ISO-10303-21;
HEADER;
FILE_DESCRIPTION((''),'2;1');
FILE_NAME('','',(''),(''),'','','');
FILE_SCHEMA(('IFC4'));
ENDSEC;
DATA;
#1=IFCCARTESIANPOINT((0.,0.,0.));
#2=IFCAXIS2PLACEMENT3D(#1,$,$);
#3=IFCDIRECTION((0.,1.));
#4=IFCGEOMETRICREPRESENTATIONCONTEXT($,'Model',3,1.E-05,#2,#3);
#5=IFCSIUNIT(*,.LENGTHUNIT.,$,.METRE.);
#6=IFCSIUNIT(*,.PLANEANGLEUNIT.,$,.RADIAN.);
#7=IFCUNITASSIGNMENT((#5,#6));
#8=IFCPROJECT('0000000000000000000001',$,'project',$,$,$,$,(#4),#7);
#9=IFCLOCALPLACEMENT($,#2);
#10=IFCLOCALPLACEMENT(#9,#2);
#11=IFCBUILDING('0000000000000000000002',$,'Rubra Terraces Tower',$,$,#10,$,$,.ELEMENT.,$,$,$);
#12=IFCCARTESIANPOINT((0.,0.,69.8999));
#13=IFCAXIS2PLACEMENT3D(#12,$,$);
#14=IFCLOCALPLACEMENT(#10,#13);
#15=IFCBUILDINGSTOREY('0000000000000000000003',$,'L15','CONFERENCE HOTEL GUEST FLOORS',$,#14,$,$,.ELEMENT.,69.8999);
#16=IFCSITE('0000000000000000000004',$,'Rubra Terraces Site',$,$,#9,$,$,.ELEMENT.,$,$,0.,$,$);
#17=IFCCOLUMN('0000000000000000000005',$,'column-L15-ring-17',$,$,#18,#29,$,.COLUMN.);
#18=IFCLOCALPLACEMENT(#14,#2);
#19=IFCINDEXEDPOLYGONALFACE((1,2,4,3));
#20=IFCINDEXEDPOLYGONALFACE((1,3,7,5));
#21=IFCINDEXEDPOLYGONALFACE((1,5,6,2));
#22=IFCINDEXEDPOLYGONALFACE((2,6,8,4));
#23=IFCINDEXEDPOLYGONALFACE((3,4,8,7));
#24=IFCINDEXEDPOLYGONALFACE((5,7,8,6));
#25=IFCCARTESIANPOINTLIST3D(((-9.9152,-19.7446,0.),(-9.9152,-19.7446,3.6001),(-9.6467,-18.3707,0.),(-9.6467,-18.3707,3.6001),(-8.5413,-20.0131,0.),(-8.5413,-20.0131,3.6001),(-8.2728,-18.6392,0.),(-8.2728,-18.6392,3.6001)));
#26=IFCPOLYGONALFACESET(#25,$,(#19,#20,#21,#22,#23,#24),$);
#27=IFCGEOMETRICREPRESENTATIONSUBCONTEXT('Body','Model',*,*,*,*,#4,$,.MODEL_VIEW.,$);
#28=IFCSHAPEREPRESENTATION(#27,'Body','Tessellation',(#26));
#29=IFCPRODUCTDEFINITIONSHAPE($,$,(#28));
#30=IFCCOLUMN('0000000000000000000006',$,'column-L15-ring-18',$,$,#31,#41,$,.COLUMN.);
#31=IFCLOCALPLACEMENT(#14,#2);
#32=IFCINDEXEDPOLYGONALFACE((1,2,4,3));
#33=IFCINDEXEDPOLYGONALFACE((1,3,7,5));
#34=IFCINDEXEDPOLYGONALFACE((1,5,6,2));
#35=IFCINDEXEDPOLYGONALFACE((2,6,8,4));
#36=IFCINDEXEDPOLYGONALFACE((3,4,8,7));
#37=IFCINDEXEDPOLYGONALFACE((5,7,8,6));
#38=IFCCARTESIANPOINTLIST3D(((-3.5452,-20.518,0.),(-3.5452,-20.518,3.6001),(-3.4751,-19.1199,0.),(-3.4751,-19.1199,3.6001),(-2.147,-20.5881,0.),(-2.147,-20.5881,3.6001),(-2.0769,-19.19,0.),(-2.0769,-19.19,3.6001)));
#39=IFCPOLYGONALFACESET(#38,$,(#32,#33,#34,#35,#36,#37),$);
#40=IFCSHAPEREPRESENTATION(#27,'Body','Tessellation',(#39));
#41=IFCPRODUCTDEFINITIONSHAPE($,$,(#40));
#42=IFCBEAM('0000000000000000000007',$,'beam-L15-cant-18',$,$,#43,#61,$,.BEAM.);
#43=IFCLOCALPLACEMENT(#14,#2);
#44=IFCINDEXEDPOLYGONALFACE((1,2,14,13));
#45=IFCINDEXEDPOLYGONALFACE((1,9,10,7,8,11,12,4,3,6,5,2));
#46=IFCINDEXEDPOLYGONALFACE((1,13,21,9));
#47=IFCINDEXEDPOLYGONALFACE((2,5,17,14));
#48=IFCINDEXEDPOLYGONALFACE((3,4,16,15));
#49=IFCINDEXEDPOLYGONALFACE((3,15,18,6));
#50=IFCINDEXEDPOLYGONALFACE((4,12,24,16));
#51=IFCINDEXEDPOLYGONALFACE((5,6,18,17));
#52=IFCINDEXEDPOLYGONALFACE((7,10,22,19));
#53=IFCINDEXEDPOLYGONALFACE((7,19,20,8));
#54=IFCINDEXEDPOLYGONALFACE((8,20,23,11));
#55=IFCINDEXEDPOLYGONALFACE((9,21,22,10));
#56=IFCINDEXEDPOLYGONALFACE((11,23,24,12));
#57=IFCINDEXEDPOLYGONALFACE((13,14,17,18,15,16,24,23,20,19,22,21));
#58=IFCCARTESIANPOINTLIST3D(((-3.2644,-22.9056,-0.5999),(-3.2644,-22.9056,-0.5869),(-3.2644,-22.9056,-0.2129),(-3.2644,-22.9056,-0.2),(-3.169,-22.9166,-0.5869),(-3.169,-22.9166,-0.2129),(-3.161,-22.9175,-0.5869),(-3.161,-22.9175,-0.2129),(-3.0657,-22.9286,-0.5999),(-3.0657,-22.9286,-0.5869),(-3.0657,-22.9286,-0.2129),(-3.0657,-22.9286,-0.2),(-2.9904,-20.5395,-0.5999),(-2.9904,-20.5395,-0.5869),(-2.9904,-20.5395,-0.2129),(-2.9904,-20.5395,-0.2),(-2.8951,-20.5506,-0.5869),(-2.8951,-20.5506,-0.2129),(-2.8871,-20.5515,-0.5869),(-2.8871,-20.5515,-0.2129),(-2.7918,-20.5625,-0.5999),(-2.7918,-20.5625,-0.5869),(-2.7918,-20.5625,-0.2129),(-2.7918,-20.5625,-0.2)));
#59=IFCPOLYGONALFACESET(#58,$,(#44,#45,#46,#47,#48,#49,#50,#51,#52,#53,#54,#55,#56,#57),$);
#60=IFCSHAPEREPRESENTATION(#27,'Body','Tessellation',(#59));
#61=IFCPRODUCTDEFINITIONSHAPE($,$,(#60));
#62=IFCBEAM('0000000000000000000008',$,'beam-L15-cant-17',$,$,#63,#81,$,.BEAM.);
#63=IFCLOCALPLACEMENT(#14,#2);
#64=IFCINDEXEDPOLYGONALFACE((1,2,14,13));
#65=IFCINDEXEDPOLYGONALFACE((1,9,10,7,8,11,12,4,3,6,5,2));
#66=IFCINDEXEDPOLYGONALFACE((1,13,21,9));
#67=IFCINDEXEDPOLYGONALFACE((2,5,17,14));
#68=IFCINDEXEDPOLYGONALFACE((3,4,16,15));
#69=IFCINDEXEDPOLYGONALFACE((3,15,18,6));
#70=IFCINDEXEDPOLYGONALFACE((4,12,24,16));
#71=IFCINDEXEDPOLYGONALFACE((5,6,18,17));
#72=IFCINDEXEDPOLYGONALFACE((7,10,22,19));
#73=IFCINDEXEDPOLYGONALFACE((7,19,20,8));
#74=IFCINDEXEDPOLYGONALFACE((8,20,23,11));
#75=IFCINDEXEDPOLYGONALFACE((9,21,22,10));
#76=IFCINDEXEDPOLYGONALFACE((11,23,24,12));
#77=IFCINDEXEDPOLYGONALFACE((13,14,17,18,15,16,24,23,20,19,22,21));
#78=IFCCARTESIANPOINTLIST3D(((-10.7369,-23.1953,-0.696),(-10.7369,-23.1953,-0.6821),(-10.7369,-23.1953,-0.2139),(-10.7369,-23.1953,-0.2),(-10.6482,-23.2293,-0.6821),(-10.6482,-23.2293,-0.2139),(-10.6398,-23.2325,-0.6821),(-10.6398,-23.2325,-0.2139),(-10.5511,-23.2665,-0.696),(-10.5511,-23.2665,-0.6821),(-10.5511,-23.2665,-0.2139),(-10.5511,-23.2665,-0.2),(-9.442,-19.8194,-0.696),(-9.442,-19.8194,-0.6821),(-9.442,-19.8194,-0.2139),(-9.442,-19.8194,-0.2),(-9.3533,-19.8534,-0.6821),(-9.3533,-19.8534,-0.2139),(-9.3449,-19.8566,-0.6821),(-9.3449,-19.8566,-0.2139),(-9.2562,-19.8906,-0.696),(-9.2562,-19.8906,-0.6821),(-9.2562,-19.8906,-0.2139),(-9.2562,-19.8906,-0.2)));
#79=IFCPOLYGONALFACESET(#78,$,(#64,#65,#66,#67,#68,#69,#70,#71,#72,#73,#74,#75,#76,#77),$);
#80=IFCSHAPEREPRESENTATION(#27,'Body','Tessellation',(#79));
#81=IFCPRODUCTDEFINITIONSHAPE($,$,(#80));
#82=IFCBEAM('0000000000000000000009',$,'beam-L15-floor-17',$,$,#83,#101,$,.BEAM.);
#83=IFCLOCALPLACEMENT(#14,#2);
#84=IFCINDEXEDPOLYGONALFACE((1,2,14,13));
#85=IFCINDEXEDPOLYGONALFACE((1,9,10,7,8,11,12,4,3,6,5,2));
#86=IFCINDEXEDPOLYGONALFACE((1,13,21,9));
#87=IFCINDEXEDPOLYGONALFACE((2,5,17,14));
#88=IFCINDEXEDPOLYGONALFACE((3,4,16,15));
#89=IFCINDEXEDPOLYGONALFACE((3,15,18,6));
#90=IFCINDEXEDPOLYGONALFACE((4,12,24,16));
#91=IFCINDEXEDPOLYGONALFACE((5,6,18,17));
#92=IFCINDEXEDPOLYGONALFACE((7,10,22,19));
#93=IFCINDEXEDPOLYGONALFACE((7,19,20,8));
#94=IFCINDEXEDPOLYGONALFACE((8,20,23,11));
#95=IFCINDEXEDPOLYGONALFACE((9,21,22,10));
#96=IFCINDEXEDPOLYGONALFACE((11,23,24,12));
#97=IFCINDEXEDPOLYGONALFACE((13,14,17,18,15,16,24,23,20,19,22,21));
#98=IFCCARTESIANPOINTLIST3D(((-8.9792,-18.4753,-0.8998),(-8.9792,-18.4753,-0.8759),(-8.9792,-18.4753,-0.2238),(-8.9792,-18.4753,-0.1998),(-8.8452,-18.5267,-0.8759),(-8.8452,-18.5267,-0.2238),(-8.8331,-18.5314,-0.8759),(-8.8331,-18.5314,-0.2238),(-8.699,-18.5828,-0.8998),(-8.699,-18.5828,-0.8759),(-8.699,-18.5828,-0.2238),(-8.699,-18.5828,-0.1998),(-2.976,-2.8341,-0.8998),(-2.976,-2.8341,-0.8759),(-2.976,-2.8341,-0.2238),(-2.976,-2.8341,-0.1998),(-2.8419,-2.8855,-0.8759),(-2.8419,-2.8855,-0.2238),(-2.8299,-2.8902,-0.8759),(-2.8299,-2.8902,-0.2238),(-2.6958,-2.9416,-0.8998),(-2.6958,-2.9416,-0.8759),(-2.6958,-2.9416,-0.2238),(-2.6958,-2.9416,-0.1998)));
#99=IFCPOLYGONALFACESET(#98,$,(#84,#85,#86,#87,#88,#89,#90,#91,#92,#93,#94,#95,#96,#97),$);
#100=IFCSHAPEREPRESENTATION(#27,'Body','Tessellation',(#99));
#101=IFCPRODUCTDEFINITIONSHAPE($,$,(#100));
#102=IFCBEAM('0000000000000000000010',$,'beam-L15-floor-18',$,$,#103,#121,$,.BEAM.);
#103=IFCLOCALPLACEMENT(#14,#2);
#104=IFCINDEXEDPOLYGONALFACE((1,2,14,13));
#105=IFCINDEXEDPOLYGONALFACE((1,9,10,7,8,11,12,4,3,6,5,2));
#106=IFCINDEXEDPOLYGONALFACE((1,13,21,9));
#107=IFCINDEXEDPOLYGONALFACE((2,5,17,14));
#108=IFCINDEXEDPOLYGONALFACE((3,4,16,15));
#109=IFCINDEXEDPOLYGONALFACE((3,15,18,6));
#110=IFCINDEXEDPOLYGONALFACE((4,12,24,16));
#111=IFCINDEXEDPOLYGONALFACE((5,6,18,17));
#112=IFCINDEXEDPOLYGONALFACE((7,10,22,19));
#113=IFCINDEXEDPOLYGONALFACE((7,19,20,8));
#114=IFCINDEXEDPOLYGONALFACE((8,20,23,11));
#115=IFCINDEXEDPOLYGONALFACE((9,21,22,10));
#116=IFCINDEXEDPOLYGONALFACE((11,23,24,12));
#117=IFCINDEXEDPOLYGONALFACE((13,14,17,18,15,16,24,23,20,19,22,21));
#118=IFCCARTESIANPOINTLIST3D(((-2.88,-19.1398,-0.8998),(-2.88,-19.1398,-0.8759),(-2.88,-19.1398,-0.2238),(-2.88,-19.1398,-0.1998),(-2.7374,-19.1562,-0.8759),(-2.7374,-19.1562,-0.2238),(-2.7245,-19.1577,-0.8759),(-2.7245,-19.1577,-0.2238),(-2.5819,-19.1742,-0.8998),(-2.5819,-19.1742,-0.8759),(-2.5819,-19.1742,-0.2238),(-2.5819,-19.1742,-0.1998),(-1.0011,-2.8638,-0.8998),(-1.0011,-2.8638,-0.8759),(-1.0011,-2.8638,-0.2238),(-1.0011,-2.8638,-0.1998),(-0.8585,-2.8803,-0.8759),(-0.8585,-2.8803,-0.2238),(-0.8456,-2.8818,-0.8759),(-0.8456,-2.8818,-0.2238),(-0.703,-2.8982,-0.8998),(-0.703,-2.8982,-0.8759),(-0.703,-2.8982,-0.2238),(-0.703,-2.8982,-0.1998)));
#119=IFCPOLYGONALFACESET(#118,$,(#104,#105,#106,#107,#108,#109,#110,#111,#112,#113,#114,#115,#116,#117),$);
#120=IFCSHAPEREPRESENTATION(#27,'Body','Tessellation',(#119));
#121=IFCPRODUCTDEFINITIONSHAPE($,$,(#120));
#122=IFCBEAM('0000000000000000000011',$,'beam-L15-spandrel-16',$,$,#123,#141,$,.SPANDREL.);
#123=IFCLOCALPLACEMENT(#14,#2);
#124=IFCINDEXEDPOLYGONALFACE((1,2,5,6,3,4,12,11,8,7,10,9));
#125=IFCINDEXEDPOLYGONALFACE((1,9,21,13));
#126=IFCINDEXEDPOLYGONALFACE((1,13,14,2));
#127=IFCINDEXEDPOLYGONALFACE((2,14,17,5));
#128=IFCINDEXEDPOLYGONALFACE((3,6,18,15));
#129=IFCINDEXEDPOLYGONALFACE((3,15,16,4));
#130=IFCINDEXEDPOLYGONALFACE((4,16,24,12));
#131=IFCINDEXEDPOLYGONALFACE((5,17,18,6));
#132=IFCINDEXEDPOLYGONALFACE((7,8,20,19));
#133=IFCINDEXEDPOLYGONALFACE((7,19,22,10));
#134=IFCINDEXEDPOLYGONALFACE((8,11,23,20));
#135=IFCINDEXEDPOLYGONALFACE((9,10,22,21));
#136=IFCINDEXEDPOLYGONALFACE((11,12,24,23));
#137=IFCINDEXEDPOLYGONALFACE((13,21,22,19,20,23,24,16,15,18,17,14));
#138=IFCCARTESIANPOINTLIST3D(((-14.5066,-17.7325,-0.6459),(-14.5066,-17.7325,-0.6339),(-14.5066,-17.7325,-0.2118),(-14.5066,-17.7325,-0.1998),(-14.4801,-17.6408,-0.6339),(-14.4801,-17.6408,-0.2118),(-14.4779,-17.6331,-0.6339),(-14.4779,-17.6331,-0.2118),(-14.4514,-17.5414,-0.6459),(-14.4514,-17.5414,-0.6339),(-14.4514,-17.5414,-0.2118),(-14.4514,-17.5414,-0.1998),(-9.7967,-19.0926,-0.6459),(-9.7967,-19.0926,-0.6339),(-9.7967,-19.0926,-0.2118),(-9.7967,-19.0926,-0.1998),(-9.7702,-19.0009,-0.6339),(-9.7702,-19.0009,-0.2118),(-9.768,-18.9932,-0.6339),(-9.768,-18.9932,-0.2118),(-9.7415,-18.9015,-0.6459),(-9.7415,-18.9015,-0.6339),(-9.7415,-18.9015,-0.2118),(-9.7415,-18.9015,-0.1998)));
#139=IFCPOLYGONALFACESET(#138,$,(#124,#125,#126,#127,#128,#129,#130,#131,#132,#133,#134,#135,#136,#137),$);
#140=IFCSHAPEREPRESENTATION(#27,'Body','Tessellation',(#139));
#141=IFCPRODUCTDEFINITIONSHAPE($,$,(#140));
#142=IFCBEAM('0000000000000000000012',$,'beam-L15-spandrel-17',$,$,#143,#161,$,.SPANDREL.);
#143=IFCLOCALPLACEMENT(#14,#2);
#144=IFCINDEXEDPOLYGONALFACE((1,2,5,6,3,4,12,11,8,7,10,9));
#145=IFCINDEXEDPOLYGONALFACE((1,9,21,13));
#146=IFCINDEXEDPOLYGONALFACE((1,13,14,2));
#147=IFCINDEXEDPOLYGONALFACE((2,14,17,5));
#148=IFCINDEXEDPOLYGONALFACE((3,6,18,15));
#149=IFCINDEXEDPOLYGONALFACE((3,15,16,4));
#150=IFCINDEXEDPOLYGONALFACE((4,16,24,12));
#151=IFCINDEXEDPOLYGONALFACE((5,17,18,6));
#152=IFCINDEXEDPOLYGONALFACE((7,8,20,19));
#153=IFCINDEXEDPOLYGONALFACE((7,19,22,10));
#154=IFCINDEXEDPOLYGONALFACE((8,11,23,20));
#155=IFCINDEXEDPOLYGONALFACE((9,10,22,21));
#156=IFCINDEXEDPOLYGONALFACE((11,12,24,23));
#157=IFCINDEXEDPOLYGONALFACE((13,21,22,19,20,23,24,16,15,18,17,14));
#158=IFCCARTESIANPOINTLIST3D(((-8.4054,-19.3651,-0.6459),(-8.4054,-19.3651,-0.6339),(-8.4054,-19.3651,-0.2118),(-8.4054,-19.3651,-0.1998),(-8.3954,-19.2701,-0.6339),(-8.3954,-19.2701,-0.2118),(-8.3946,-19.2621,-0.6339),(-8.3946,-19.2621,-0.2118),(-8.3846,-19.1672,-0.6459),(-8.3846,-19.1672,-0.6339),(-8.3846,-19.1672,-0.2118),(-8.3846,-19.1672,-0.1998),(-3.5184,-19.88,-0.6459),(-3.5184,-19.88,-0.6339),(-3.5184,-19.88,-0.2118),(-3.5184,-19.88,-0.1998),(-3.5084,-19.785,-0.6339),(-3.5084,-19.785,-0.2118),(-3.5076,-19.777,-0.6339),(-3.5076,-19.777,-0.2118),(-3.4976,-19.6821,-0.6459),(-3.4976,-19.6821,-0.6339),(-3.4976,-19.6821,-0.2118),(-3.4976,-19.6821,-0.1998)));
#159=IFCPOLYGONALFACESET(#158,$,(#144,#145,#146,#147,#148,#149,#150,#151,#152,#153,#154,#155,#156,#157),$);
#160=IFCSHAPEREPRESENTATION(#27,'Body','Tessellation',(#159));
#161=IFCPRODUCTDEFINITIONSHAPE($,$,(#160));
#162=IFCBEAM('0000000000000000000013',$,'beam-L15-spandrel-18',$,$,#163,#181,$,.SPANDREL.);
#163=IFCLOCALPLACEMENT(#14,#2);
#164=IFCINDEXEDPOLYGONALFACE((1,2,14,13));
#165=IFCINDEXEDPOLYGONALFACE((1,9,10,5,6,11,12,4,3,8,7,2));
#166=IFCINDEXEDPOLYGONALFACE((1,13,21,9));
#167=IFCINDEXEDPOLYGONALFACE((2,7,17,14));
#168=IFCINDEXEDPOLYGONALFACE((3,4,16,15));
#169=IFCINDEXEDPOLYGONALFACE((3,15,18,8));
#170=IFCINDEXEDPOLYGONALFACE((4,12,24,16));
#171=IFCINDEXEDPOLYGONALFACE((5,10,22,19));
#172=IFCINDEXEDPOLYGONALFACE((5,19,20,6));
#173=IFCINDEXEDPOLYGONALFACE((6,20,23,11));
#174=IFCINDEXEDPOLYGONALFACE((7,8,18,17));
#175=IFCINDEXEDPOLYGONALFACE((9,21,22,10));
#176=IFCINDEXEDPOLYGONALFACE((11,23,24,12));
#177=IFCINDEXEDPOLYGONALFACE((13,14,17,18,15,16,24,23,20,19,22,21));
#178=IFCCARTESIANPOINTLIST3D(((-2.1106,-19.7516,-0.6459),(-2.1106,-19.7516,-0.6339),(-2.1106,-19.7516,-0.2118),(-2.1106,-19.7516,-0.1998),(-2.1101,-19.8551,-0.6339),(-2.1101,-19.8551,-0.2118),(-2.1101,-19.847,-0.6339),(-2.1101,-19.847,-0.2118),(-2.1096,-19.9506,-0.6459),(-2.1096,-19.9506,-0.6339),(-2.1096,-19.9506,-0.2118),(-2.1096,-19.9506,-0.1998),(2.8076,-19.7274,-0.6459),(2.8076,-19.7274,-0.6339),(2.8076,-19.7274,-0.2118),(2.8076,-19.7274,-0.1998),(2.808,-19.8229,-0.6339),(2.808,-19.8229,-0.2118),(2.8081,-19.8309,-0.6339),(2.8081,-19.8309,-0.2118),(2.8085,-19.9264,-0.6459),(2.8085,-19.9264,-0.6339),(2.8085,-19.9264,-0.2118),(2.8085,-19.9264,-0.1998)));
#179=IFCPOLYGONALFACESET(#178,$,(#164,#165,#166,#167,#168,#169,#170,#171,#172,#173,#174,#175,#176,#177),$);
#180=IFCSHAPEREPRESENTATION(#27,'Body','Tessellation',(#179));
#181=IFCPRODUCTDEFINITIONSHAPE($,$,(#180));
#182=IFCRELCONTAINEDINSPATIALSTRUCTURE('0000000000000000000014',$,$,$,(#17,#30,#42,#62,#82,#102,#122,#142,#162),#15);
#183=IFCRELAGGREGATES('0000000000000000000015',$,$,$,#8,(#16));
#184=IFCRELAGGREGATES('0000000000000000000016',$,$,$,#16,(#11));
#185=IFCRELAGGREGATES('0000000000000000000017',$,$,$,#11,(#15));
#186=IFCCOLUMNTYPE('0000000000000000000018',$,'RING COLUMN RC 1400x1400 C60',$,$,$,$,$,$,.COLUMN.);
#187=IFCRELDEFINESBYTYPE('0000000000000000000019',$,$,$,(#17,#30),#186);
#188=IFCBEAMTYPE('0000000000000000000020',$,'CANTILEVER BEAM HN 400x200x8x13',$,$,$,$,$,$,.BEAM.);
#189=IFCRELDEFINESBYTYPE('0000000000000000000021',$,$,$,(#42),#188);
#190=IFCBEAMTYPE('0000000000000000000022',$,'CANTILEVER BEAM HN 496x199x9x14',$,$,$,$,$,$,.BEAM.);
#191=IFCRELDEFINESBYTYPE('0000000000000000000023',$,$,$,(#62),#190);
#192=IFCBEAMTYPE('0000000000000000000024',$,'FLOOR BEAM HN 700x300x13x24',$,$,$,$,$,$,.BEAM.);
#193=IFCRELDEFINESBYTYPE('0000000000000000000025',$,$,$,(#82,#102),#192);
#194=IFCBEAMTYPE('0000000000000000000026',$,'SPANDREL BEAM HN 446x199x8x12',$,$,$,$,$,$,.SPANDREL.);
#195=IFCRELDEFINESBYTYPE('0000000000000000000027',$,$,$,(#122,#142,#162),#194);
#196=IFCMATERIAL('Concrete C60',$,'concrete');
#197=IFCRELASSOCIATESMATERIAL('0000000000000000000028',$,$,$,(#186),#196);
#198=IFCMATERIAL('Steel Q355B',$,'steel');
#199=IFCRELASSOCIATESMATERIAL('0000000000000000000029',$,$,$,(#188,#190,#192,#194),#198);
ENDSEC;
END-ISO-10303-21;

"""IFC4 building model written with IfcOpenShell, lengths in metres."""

from ifc_helpers import new_model, si_unit, direction, frame, origin, origin_2d, place, context, subcontext, project, spatial, rectangle, i_section, extrude, material, material_profile, profile_set, type_object, element, save


model = new_model("IFC4")

# Units and contexts
model_context = context("Model", 3, precision=1e-05, world=origin(), true_north=direction((0.0, 1.0)))
body_context = subcontext(model_context, "Body", "Model", "MODEL_VIEW")
ifc_project = project(units=[si_unit("LENGTHUNIT", "METRE"), si_unit("PLANEANGLEUNIT", "RADIAN")], contexts=[model_context])

# Site, building, storey
site_placement = place(None, origin())
site = spatial("IfcSite", under=ifc_project, at=site_placement, Name="Rubra Terraces Site", CompositionType="ELEMENT", RefElevation=0.0)
building_placement = place(site_placement, origin())
building = spatial("IfcBuilding", under=site, at=building_placement, Name="Rubra Terraces Tower", CompositionType="ELEMENT")
storey_placement = place(building_placement, frame((0.0, 0.0, 69.8999)))
storey = spatial("IfcBuildingStorey", under=building, at=storey_placement, Name="L15", Description="CONFERENCE HOTEL GUEST FLOORS", CompositionType="ELEMENT", Elevation=69.8999)

# Columns
ifc_material_1 = material(Name="Concrete C60", Category="concrete")
ifc_material_profile_1 = material_profile(ifc_material_1, rectangle(XDim=1.3999, YDim=1.3999, at=origin_2d()), Name="RC 1400x1400")
ifc_profile_set_1 = profile_set([ifc_material_profile_1], Name="Concrete C60")
column_type = type_object("IfcColumnType", Name="RING COLUMN RC 1400x1400 C60", PredefinedType="COLUMN", material=ifc_profile_set_1)
for number, where, z_axis, x_axis, name in (
    (1, (-9.094, -19.1919, 0.0), (0.0, 0.0, 1.0), (0.98143, -0.191819, 0.0), "column-L15-ring-17"),
    (2, (-2.811, -19.854, 0.0), (0.0, 0.0, 1.0), (0.998745, -0.050084, 0.0), "column-L15-ring-18"),
):
    element("IfcColumn", number, at=place(storey_placement, frame(where, z_axis=z_axis, x_axis=x_axis)), inside=storey, type_object=column_type, Name=name, PredefinedType="COLUMN", context=body_context, shape_type="SweptSolid", body=[
        extrude(rectangle(XDim=1.3999, YDim=1.3999, at=origin_2d()), origin(), (0.0, 0.0, 1.0), 3.6001),
    ])

# Beams
ifc_material_2 = material(Name="Steel Q355B", Category="steel")
ifc_material_profile_2 = material_profile(ifc_material_2, i_section(OverallWidth=0.2, OverallDepth=0.3999, WebThickness=0.0081, FlangeThickness=0.0129, at=origin_2d()), Name="HN 400x200x8x13")
ifc_profile_set_2 = profile_set([ifc_material_profile_2], Name="Steel Q355B")
beam_type_1 = type_object("IfcBeamType", Name="CANTILEVER BEAM HN 400x200x8x13", PredefinedType="BEAM", material=ifc_profile_set_2)
beam_1_placement = place(storey_placement, frame((-2.8911, -20.551, -0.3999), z_axis=(-0.115009, -0.993364, 0.0), x_axis=(0.993364, -0.115009, 0.0)))
element("IfcBeam", 3, at=beam_1_placement, inside=storey, type_object=beam_type_1, Name="beam-L15-cant-18", PredefinedType="BEAM", context=body_context, shape_type="SweptSolid", body=[
    extrude(i_section(OverallWidth=0.2, OverallDepth=0.3999, WebThickness=0.0081, FlangeThickness=0.0129, at=origin_2d()), origin(), (0.0, 0.0, 1.0), 2.3818),
])
ifc_material_profile_3 = material_profile(ifc_material_2, i_section(OverallWidth=0.199, OverallDepth=0.4961, WebThickness=0.009, FlangeThickness=0.0139, at=origin_2d()), Name="HN 496x199x9x14")
ifc_profile_set_3 = profile_set([ifc_material_profile_3], Name="Steel Q355B")
beam_type_2 = type_object("IfcBeamType", Name="CANTILEVER BEAM HN 496x199x9x14", PredefinedType="BEAM", material=ifc_profile_set_3)
beam_2_placement = place(storey_placement, frame((-9.3491, -19.855, -0.448), z_axis=(-0.358128, -0.933672, 0.0), x_axis=(0.933672, -0.358128, 0.0)))
element("IfcBeam", 4, at=beam_2_placement, inside=storey, type_object=beam_type_2, Name="beam-L15-cant-17", PredefinedType="BEAM", context=body_context, shape_type="SweptSolid", body=[
    extrude(i_section(OverallWidth=0.199, OverallDepth=0.4961, WebThickness=0.009, FlangeThickness=0.0139, at=origin_2d()), origin(), (0.0, 0.0, 1.0), 3.6157),
])
ifc_material_profile_4 = material_profile(ifc_material_2, i_section(OverallWidth=0.3, OverallDepth=0.7, WebThickness=0.0129, FlangeThickness=0.0239, at=origin_2d()), Name="HN 700x300x13x24")
ifc_profile_set_4 = profile_set([ifc_material_profile_4], Name="Steel Q355B")
beam_type_3 = type_object("IfcBeamType", Name="FLOOR BEAM HN 700x300x13x24", PredefinedType="BEAM", material=ifc_profile_set_4)
beam_3_placement = place(storey_placement, frame((-8.8391, -18.5291, -0.5498), z_axis=(0.358322, 0.933598, 0.0), x_axis=(-0.933598, 0.358322, 0.0)))
element("IfcBeam", 5, at=beam_3_placement, inside=storey, type_object=beam_type_3, Name="beam-L15-floor-17", PredefinedType="BEAM", context=body_context, shape_type="SweptSolid", body=[
    extrude(i_section(OverallWidth=0.3, OverallDepth=0.7, WebThickness=0.0129, FlangeThickness=0.0239, at=origin_2d()), origin(), (0.0, 0.0, 1.0), 16.7537),
])
beam_4_placement = place(storey_placement, frame((-2.731, -19.157, -0.5498), z_axis=(0.11468, 0.993403, 0.0), x_axis=(-0.993403, 0.11468, 0.0)))
element("IfcBeam", 6, at=beam_4_placement, inside=storey, type_object=beam_type_3, Name="beam-L15-floor-18", PredefinedType="BEAM", context=body_context, shape_type="SweptSolid", body=[
    extrude(i_section(OverallWidth=0.3, OverallDepth=0.7, WebThickness=0.0129, FlangeThickness=0.0239, at=origin_2d()), origin(), (0.0, 0.0, 1.0), 16.384),
])
ifc_material_profile_5 = material_profile(ifc_material_2, i_section(OverallWidth=0.199, OverallDepth=0.446, WebThickness=0.0081, FlangeThickness=0.012, at=origin_2d()), Name="HN 446x199x8x12")
ifc_profile_set_5 = profile_set([ifc_material_profile_5], Name="Steel Q355B")
beam_type_4 = type_object("IfcBeamType", Name="SPANDREL BEAM HN 446x199x8x12", PredefinedType="SPANDREL", material=ifc_profile_set_5)
beam_5_placement = place(storey_placement, frame((-14.479, -17.637, -0.4229), z_axis=(0.960744, -0.277436, 0.0), x_axis=(0.277436, 0.960744, 0.0)))
element("IfcBeam", 7, at=beam_5_placement, inside=storey, type_object=beam_type_4, Name="beam-L15-spandrel-16", PredefinedType="SPANDREL", context=body_context, shape_type="SweptSolid", body=[
    extrude(i_section(OverallWidth=0.199, OverallDepth=0.446, WebThickness=0.0081, FlangeThickness=0.012, at=origin_2d()), origin(), (0.0, 0.0, 1.0), 4.9023),
])
beam_6_placement = place(storey_placement, frame((-8.395, -19.2661, -0.4229), z_axis=(0.994495, -0.10478, 0.0), x_axis=(0.10478, 0.994495, 0.0)))
element("IfcBeam", 8, at=beam_6_placement, inside=storey, type_object=beam_type_4, Name="beam-L15-spandrel-17", PredefinedType="SPANDREL", context=body_context, shape_type="SweptSolid", body=[
    extrude(i_section(OverallWidth=0.199, OverallDepth=0.446, WebThickness=0.0081, FlangeThickness=0.012, at=origin_2d()), origin(), (0.0, 0.0, 1.0), 4.9141),
])
beam_7_placement = place(storey_placement, frame((-2.1101, -19.8511, -0.4229), z_axis=(0.999988, 0.004914, 0.0), x_axis=(-0.004914, 0.999988, 0.0)))
element("IfcBeam", 9, at=beam_7_placement, inside=storey, type_object=beam_type_4, Name="beam-L15-spandrel-18", PredefinedType="SPANDREL", context=body_context, shape_type="SweptSolid", body=[
    extrude(i_section(OverallWidth=0.199, OverallDepth=0.446, WebThickness=0.0081, FlangeThickness=0.012, at=origin_2d()), origin(), (0.0, 0.0, 1.0), 4.9182),
])

save(model, "model.ifc")
